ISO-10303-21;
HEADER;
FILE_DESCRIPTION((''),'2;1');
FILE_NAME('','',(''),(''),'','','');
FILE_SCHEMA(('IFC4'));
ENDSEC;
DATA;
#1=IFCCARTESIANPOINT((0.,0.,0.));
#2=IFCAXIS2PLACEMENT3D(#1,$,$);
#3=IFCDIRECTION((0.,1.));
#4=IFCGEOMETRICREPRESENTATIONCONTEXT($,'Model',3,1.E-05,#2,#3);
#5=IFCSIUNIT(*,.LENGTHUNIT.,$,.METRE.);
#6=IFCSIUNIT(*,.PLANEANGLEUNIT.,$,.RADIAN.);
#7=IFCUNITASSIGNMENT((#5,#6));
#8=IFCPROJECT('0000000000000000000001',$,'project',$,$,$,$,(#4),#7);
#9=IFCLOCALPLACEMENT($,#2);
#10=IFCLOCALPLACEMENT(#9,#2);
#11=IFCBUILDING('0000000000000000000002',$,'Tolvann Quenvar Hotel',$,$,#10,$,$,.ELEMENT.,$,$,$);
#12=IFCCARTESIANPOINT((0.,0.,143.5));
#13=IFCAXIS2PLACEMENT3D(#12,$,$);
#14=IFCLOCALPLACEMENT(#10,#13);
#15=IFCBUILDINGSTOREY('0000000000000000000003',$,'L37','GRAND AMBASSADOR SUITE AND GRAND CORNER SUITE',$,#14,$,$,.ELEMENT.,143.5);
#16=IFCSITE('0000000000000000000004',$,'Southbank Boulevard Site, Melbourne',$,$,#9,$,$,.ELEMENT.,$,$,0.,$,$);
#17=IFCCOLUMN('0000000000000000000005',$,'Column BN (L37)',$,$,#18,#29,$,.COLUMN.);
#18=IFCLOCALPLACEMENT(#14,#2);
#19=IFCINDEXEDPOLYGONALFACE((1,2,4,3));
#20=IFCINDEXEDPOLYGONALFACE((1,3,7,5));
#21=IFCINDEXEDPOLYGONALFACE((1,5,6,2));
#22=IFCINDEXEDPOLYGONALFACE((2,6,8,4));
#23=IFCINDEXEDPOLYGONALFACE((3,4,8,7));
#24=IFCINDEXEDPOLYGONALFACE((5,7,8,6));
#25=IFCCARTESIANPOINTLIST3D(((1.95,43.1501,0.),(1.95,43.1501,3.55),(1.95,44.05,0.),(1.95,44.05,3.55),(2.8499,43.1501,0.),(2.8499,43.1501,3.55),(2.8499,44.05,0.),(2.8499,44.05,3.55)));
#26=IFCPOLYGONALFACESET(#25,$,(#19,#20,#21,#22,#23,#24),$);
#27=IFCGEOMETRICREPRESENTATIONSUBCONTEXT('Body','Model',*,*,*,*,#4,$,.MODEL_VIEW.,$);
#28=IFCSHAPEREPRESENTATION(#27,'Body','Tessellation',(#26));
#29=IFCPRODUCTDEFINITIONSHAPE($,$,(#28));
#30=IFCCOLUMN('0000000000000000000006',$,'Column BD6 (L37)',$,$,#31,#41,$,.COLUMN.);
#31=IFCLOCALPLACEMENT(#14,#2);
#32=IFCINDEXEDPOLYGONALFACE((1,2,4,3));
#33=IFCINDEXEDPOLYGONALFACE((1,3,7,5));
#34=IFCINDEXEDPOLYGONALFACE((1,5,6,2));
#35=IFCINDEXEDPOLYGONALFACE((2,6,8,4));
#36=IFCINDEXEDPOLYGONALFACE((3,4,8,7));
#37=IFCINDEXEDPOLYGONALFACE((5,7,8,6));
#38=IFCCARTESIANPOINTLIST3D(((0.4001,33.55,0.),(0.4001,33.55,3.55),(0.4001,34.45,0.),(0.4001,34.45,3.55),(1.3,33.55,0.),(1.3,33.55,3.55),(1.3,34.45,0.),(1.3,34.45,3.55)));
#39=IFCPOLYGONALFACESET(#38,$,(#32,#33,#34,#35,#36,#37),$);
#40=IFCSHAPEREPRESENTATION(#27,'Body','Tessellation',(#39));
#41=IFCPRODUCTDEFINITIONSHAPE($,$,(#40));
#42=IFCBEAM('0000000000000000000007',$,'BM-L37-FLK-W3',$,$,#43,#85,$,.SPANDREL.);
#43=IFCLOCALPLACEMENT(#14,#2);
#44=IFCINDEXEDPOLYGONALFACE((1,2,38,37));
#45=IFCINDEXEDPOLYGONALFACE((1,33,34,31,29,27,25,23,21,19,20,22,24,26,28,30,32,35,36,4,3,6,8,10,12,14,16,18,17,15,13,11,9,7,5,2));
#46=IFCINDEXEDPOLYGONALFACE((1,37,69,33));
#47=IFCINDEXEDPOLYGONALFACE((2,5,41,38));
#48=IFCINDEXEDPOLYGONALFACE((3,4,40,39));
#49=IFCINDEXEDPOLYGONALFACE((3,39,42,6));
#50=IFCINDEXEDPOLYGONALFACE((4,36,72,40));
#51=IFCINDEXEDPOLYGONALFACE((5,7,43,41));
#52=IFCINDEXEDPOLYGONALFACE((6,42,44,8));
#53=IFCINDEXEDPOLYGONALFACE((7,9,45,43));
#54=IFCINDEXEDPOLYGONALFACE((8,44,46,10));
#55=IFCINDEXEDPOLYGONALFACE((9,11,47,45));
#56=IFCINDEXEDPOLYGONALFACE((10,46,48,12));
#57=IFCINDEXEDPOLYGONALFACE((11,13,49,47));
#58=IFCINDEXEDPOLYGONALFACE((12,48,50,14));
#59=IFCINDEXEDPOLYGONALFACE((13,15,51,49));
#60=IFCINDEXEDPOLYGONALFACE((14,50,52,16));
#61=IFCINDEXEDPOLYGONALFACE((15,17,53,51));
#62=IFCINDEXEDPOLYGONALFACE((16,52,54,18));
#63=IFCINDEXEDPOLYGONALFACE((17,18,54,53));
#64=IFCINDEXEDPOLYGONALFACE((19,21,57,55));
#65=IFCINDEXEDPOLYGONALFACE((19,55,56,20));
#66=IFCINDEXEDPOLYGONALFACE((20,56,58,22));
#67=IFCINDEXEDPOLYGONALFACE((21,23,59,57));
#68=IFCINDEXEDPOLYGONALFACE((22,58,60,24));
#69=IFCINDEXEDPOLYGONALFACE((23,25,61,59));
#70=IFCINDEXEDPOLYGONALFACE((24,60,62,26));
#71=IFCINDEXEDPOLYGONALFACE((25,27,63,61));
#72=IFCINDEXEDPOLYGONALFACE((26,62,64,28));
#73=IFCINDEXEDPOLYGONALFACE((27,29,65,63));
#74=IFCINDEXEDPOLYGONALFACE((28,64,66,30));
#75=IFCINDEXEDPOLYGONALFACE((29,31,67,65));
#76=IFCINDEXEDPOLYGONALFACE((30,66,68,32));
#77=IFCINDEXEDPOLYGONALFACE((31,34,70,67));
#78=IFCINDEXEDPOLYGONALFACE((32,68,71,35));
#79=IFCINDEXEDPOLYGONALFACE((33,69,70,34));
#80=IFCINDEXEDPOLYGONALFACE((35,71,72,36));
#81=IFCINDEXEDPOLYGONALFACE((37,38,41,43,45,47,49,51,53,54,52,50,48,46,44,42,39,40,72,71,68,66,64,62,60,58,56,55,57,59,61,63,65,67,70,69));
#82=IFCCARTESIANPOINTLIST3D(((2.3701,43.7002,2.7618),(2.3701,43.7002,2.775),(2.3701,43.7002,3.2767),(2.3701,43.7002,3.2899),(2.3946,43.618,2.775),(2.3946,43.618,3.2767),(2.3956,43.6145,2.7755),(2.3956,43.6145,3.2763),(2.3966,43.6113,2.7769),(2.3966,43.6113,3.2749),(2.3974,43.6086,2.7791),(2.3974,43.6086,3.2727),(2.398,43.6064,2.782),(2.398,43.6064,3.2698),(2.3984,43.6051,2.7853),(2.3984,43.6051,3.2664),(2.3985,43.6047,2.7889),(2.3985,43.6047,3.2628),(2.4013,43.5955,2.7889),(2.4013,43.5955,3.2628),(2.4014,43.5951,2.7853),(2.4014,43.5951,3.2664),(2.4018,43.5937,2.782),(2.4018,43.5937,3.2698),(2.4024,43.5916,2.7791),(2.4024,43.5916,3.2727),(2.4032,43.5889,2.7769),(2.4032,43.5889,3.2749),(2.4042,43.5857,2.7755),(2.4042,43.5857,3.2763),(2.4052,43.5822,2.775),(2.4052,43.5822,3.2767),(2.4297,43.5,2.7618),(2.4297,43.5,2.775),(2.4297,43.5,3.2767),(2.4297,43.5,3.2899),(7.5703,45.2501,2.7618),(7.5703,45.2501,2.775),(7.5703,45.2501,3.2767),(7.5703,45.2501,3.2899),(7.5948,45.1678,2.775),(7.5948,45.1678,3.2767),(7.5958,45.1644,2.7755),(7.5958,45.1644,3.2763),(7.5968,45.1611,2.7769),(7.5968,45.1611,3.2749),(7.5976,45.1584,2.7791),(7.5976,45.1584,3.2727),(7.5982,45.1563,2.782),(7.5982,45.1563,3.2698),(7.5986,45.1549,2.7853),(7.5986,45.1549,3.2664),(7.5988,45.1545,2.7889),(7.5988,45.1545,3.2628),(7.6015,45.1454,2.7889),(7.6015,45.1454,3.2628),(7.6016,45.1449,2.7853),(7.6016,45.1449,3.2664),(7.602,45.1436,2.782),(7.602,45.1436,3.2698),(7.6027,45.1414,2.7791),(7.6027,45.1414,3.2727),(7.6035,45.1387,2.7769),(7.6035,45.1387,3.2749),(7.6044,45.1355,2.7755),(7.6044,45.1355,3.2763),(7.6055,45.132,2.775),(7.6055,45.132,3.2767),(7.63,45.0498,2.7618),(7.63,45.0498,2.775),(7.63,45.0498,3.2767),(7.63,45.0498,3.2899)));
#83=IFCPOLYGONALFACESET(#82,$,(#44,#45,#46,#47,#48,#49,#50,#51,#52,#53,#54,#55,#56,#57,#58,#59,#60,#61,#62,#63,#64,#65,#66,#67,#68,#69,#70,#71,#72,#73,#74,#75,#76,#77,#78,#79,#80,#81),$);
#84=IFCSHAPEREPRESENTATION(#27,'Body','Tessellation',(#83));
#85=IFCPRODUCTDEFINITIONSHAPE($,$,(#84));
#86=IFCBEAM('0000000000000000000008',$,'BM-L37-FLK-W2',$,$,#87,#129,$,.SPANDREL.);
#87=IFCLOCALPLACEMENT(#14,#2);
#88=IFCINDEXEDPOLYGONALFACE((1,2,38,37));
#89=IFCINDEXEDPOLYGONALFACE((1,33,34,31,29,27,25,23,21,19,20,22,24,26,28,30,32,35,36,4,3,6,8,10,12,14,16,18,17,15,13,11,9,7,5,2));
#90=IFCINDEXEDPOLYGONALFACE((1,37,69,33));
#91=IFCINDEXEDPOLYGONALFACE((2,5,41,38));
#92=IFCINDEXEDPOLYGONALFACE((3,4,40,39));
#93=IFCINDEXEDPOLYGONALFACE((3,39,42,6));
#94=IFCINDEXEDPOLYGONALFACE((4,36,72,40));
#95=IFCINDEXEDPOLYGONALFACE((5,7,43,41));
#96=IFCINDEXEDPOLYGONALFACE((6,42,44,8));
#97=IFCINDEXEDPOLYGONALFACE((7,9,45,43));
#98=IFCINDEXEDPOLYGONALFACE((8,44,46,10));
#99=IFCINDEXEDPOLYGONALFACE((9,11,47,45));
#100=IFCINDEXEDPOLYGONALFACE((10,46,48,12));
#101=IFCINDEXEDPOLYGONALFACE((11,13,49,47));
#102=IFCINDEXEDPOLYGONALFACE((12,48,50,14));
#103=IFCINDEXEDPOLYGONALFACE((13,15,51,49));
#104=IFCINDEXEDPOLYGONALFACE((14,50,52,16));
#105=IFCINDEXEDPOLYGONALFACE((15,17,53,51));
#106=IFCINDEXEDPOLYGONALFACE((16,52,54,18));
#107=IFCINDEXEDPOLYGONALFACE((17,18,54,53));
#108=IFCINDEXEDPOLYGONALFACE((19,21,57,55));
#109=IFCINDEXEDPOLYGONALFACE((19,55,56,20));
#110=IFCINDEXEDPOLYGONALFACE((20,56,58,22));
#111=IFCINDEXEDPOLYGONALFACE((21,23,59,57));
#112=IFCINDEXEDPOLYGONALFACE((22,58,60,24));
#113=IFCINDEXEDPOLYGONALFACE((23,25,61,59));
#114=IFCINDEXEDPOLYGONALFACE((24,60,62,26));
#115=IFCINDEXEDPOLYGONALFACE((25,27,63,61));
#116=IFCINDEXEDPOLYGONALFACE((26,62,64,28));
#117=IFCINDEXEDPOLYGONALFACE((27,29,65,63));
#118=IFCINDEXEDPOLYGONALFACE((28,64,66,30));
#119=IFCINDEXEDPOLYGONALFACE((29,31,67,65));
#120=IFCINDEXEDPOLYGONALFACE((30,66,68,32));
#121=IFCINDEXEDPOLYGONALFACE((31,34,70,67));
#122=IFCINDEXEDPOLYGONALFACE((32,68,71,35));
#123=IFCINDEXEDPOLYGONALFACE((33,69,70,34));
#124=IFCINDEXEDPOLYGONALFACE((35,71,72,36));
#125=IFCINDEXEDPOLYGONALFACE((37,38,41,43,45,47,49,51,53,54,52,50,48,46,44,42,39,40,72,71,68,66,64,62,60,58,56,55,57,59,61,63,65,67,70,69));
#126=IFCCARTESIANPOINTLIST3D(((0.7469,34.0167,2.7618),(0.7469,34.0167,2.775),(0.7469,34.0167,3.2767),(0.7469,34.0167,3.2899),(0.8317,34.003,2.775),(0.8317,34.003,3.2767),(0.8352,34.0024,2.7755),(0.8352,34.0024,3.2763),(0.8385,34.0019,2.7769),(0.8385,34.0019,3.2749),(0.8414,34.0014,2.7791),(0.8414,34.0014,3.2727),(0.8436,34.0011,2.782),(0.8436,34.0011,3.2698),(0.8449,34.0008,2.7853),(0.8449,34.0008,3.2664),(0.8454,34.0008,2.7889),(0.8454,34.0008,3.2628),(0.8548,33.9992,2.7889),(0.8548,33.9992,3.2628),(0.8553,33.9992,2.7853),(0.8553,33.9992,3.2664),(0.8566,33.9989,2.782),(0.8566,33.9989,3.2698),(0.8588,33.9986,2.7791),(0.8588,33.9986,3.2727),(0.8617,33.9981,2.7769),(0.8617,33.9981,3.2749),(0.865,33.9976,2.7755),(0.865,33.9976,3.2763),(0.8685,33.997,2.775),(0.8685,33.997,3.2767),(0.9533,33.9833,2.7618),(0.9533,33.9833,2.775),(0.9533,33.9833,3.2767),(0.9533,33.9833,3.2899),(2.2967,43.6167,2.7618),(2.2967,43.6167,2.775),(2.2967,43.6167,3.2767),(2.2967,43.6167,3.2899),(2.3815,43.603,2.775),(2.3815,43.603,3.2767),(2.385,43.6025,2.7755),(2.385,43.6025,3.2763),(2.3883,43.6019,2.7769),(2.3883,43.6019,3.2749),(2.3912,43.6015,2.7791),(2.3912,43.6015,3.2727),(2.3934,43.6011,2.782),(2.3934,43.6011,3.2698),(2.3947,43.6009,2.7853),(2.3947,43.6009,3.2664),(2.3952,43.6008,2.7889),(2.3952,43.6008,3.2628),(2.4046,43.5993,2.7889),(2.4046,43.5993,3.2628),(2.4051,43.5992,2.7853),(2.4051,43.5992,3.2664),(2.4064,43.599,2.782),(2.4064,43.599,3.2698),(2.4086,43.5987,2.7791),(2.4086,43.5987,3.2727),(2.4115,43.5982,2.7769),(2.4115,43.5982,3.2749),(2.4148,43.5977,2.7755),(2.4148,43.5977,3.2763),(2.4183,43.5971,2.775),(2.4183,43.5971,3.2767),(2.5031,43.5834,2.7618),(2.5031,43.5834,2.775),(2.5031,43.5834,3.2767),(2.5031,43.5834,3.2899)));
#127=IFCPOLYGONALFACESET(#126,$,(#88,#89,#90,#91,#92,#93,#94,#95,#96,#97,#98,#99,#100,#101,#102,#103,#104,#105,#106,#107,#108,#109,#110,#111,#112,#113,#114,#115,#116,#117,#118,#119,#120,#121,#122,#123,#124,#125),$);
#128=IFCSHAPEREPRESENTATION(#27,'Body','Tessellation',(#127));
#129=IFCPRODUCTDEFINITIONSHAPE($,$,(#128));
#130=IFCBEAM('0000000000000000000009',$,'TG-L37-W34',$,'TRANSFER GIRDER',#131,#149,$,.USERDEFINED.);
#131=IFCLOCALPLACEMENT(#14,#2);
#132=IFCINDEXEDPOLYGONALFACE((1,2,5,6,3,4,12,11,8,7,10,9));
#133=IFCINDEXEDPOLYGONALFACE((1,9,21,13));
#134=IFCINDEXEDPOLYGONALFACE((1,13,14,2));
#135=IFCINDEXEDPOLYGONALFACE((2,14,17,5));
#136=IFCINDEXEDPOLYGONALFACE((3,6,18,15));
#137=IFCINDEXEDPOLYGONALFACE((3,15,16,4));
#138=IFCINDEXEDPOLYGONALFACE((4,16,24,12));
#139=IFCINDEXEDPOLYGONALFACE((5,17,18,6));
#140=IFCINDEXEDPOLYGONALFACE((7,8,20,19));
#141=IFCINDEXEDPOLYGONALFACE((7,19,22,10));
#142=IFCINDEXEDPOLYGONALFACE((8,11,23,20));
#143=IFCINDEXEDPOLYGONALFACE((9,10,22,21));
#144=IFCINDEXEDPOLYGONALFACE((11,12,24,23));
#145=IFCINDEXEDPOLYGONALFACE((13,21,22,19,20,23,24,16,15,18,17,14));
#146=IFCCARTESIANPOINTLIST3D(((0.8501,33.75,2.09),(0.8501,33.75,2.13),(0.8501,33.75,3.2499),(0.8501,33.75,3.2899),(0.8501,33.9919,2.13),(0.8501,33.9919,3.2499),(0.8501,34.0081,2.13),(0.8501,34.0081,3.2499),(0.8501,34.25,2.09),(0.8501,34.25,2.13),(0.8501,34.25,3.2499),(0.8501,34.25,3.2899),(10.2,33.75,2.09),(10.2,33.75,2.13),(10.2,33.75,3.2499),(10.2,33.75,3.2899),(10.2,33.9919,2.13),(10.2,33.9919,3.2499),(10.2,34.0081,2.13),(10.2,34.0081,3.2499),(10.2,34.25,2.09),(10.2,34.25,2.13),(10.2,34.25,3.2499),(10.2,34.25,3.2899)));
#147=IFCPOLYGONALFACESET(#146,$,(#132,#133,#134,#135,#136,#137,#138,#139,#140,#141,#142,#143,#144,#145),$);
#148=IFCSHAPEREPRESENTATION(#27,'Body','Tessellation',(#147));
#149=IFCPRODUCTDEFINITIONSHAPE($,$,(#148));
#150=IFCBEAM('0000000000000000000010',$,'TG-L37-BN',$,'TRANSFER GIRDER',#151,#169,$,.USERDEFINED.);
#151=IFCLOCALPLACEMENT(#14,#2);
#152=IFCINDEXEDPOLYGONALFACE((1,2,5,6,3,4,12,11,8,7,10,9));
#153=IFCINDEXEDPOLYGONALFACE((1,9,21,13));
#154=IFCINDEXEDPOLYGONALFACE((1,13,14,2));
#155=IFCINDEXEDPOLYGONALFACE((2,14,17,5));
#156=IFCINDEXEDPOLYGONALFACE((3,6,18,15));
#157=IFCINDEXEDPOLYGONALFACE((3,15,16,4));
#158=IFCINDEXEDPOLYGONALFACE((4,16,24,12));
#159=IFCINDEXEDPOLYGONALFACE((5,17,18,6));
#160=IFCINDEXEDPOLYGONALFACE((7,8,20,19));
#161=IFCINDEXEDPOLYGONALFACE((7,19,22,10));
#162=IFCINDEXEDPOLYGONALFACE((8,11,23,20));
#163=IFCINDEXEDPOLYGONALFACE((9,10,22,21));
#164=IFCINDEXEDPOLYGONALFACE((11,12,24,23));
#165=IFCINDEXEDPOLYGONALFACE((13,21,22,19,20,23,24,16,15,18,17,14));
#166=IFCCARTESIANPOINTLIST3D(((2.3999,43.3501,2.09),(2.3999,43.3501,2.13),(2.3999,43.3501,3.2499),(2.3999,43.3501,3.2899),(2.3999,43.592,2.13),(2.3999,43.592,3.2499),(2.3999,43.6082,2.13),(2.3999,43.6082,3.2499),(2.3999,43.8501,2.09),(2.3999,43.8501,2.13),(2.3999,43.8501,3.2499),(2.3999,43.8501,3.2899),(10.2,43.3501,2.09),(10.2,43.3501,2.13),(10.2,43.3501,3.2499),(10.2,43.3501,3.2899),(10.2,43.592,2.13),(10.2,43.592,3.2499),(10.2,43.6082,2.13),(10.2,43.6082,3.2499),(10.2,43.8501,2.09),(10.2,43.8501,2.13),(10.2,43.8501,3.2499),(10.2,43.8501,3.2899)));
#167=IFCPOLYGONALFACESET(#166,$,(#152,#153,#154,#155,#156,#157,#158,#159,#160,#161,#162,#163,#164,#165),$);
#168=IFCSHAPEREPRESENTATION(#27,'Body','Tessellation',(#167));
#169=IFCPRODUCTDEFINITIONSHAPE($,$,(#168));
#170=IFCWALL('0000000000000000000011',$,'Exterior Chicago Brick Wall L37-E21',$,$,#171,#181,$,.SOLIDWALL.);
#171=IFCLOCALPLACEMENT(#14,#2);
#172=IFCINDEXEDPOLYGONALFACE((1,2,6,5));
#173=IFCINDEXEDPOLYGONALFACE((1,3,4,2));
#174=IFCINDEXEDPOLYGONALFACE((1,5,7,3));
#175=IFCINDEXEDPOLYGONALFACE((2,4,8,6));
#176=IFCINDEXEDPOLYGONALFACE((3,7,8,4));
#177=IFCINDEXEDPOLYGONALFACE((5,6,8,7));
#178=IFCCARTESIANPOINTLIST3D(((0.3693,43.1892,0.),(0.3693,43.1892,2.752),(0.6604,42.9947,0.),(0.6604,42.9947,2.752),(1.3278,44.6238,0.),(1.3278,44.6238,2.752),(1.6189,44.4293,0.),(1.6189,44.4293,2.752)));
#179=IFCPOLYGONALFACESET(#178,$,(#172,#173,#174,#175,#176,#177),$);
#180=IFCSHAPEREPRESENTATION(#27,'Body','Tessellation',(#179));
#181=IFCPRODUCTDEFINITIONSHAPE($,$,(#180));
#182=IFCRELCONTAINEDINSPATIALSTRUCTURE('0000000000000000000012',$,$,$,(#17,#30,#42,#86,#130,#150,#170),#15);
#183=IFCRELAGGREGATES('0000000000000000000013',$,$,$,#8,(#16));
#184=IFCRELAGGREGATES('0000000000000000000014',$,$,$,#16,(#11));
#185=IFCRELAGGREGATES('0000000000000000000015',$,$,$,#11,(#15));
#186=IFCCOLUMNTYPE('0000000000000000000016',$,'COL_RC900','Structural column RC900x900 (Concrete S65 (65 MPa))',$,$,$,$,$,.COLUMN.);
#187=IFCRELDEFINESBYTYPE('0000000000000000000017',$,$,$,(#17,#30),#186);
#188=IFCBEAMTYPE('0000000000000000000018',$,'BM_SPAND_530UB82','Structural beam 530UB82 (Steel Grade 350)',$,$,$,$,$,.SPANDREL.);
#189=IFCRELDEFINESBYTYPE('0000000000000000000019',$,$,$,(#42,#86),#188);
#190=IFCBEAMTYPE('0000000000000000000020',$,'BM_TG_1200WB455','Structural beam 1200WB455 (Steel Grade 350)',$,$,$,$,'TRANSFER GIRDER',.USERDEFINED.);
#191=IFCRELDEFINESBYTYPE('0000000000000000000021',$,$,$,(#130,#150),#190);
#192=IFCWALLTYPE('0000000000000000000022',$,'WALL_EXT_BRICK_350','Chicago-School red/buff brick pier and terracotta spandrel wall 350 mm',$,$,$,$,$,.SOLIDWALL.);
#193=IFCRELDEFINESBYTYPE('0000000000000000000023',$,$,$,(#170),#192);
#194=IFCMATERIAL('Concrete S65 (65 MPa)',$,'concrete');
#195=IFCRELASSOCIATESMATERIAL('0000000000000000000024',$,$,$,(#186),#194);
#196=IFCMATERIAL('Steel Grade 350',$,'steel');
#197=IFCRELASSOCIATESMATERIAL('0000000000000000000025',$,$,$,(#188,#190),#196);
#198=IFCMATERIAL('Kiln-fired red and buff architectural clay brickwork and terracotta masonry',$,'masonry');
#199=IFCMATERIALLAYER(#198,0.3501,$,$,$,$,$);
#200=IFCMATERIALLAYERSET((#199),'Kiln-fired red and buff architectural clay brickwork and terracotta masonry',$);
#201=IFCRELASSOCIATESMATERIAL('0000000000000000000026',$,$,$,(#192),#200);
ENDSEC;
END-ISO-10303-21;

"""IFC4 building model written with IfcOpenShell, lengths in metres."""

from ifc_helpers import new_model, si_unit, direction, frame, frame_2d, origin, origin_2d, place, context, subcontext, project, spatial, rectangle, i_section, extrude, source, transform, mapped, material, layer, layer_set, material_profile, profile_set, type_object, type_shapes, element, save


model = new_model("IFC4")

# Units and contexts
model_context = context("Model", 3, precision=1e-05, world=origin(), true_north=direction((0.0, 1.0)))
body_context = subcontext(model_context, "Body", "Model", "MODEL_VIEW")
ifc_project = project(units=[si_unit("LENGTHUNIT", "METRE"), si_unit("PLANEANGLEUNIT", "RADIAN")], contexts=[model_context])

# Site, building, storey
site_placement = place(None, origin())
site = spatial("IfcSite", under=ifc_project, at=site_placement, Name="Southbank Boulevard Site, Melbourne", CompositionType="ELEMENT", RefElevation=0.0)
building_placement = place(site_placement, origin())
building = spatial("IfcBuilding", under=site, at=building_placement, Name="Tolvann Quenvar Hotel", CompositionType="ELEMENT")
storey_placement = place(building_placement, frame((0.0, 0.0, 143.5)))
storey = spatial("IfcBuildingStorey", under=building, at=storey_placement, Name="L37", Description="GRAND AMBASSADOR SUITE AND GRAND CORNER SUITE", CompositionType="ELEMENT", Elevation=143.5)

# Columns
ifc_material_1 = material(Name="Concrete S65 (65 MPa)", Category="concrete")
ifc_material_profile_1 = material_profile(ifc_material_1, rectangle(XDim=0.8999, YDim=0.8999, at=origin_2d()), Name="RC900x900")
ifc_profile_set_1 = profile_set([ifc_material_profile_1], Name="Concrete S65 (65 MPa)")
column_type = type_object("IfcColumnType", Name="COL_RC900", Description="Structural column RC900x900 (Concrete S65 (65 MPa))", PredefinedType="COLUMN", material=ifc_profile_set_1)
shared_shape_1 = source(origin(), body_context, "Body", "SweptSolid", [
    extrude(rectangle(XDim=0.8999, YDim=0.8999, at=origin_2d()), origin(), (0.0, 0.0, 1.0), 3.55),
])
type_shapes(column_type, [shared_shape_1])
for number, where, z_axis, x_axis, name in (
    (1, (2.3999, 43.6001, 0.0), (0.0, 0.0, 1.0), (1.0, 0.0, 0.0), "Column BN (L37)"),
    (2, (0.8501, 34.0, 0.0), (0.0, 0.0, 1.0), (1.0, 0.0, 0.0), "Column BD6 (L37)"),
):
    element("IfcColumn", number, at=place(storey_placement, frame(where, z_axis=z_axis, x_axis=x_axis)), inside=storey, type_object=column_type, Name=name, PredefinedType="COLUMN", context=body_context, shape_type="MappedRepresentation", body=[
        mapped(shared_shape_1, transform((0.0, 0.0, 0.0), x_axis=(1.0, 0.0, 0.0), y_axis=(0.0, 1.0, 0.0), z_axis=(0.0, 0.0, 1.0), scale=1.0)),
    ])

# Beams
ifc_material_2 = material(Name="Steel Grade 350", Category="steel")
ifc_material_profile_2 = material_profile(ifc_material_2, i_section(OverallWidth=0.209, OverallDepth=0.5281, WebThickness=0.0095, FlangeThickness=0.0132, FilletRadius=0.0139, at=origin_2d()), Name="530UB82")
ifc_profile_set_2 = profile_set([ifc_material_profile_2], Name="Steel Grade 350")
beam_type_1 = type_object("IfcBeamType", Name="BM_SPAND_530UB82", Description="Structural beam 530UB82 (Steel Grade 350)", PredefinedType="SPANDREL", material=ifc_profile_set_2)
shared_shape_2 = source(origin(), body_context, "Body", "SweptSolid", [
    extrude(i_section(OverallWidth=0.209, OverallDepth=0.5281, WebThickness=0.0095, FlangeThickness=0.0132, FilletRadius=0.0139, at=origin_2d()), origin(), (0.0, 0.0, 1.0), 5.4263),
])
beam_1_placement = place(storey_placement, frame((2.3999, 43.6001, 3.0259), z_axis=(0.958345, 0.285614, 0.0), x_axis=(-0.285614, 0.958345, 0.0)))
element("IfcBeam", 3, at=beam_1_placement, inside=storey, type_object=beam_type_1, Name="BM-L37-FLK-W3", PredefinedType="SPANDREL", context=body_context, shape_type="MappedRepresentation", body=[
    mapped(shared_shape_2, transform((0.0, 0.0, 0.0), x_axis=(1.0, 0.0, 0.0), y_axis=(0.0, 1.0, 0.0), z_axis=(0.0, 0.0, 1.0), scale=1.0)),
])
shared_shape_3 = source(origin(), body_context, "Body", "SweptSolid", [
    extrude(i_section(OverallWidth=0.209, OverallDepth=0.5281, WebThickness=0.0095, FlangeThickness=0.0132, FilletRadius=0.0139, at=origin_2d()), origin(), (0.0, 0.0, 1.0), 9.7244),
])
type_shapes(beam_type_1, [shared_shape_2, shared_shape_3])
beam_2_placement = place(storey_placement, frame((0.8501, 34.0, 3.0259), z_axis=(0.159373, 0.987218, 0.0), x_axis=(-0.987218, 0.159373, 0.0)))
element("IfcBeam", 4, at=beam_2_placement, inside=storey, type_object=beam_type_1, Name="BM-L37-FLK-W2", PredefinedType="SPANDREL", context=body_context, shape_type="MappedRepresentation", body=[
    mapped(shared_shape_3, transform((0.0, 0.0, 0.0), x_axis=(1.0, 0.0, 0.0), y_axis=(0.0, 1.0, 0.0), z_axis=(0.0, 0.0, 1.0), scale=1.0)),
])
ifc_material_profile_3 = material_profile(ifc_material_2, i_section(OverallWidth=0.5, OverallDepth=1.2, WebThickness=0.0161, FlangeThickness=0.04, at=origin_2d()), Name="1200WB455")
ifc_profile_set_3 = profile_set([ifc_material_profile_3], Name="Steel Grade 350")
beam_type_2 = type_object("IfcBeamType", Name="BM_TG_1200WB455", Description="Structural beam 1200WB455 (Steel Grade 350)", ElementType="TRANSFER GIRDER", PredefinedType="USERDEFINED", material=ifc_profile_set_3)
shared_shape_4 = source(origin(), body_context, "Body", "SweptSolid", [
    extrude(i_section(OverallWidth=0.5, OverallDepth=1.2, WebThickness=0.0161, FlangeThickness=0.04, at=origin_2d()), origin(), (0.0, 0.0, 1.0), 9.3499),
])
beam_3_placement = place(storey_placement, frame((0.8501, 34.0, 2.6899), z_axis=(1.0, 0.0, 0.0), x_axis=(0.0, 1.0, 0.0)))
element("IfcBeam", 5, at=beam_3_placement, inside=storey, type_object=beam_type_2, Name="TG-L37-W34", ObjectType="TRANSFER GIRDER", PredefinedType="USERDEFINED", context=body_context, shape_type="MappedRepresentation", body=[
    mapped(shared_shape_4, transform((0.0, 0.0, 0.0), x_axis=(1.0, 0.0, 0.0), y_axis=(0.0, 1.0, 0.0), z_axis=(0.0, 0.0, 1.0), scale=1.0)),
])
shared_shape_5 = source(origin(), body_context, "Body", "SweptSolid", [
    extrude(i_section(OverallWidth=0.5, OverallDepth=1.2, WebThickness=0.0161, FlangeThickness=0.04, at=origin_2d()), origin(), (0.0, 0.0, 1.0), 7.8),
])
type_shapes(beam_type_2, [shared_shape_4, shared_shape_5])
beam_4_placement = place(storey_placement, frame((2.3999, 43.6001, 2.6899), z_axis=(1.0, 0.0, 0.0), x_axis=(0.0, 1.0, 0.0)))
element("IfcBeam", 6, at=beam_4_placement, inside=storey, type_object=beam_type_2, Name="TG-L37-BN", ObjectType="TRANSFER GIRDER", PredefinedType="USERDEFINED", context=body_context, shape_type="MappedRepresentation", body=[
    mapped(shared_shape_5, transform((0.0, 0.0, 0.0), x_axis=(1.0, 0.0, 0.0), y_axis=(0.0, 1.0, 0.0), z_axis=(0.0, 0.0, 1.0), scale=1.0)),
])

# Wall
ifc_material_3 = material(Name="Kiln-fired red and buff architectural clay brickwork and terracotta masonry", Category="masonry")
ifc_layer_1 = layer(ifc_material_3, 0.3501)
ifc_layer_set_1 = layer_set([ifc_layer_1], Name="Kiln-fired red and buff architectural clay brickwork and terracotta masonry")
wall_type_1 = type_object("IfcWallType", Name="WALL_EXT_BRICK_350", Description="Chicago-School red/buff brick pier and terracotta spandrel wall 350 mm", PredefinedType="SOLIDWALL", material=ifc_layer_set_1)
wall_1_placement = place(storey_placement, frame((1.4734, 44.5266, 0.0), z_axis=(0.0, 0.0, 1.0), x_axis=(-0.555549, -0.831484, 0.0)))
element("IfcWall", 7, at=wall_1_placement, inside=storey, type_object=wall_type_1, Name="Exterior Chicago Brick Wall L37-E21", PredefinedType="SOLIDWALL", context=body_context, shape_type="SweptSolid", body=[
    extrude(rectangle(XDim=1.7253, YDim=0.3501, at=frame_2d((0.8628, 0.0))), origin(), (0.0, 0.0, 1.0), 2.752),
])

save(model, "model.ifc")
